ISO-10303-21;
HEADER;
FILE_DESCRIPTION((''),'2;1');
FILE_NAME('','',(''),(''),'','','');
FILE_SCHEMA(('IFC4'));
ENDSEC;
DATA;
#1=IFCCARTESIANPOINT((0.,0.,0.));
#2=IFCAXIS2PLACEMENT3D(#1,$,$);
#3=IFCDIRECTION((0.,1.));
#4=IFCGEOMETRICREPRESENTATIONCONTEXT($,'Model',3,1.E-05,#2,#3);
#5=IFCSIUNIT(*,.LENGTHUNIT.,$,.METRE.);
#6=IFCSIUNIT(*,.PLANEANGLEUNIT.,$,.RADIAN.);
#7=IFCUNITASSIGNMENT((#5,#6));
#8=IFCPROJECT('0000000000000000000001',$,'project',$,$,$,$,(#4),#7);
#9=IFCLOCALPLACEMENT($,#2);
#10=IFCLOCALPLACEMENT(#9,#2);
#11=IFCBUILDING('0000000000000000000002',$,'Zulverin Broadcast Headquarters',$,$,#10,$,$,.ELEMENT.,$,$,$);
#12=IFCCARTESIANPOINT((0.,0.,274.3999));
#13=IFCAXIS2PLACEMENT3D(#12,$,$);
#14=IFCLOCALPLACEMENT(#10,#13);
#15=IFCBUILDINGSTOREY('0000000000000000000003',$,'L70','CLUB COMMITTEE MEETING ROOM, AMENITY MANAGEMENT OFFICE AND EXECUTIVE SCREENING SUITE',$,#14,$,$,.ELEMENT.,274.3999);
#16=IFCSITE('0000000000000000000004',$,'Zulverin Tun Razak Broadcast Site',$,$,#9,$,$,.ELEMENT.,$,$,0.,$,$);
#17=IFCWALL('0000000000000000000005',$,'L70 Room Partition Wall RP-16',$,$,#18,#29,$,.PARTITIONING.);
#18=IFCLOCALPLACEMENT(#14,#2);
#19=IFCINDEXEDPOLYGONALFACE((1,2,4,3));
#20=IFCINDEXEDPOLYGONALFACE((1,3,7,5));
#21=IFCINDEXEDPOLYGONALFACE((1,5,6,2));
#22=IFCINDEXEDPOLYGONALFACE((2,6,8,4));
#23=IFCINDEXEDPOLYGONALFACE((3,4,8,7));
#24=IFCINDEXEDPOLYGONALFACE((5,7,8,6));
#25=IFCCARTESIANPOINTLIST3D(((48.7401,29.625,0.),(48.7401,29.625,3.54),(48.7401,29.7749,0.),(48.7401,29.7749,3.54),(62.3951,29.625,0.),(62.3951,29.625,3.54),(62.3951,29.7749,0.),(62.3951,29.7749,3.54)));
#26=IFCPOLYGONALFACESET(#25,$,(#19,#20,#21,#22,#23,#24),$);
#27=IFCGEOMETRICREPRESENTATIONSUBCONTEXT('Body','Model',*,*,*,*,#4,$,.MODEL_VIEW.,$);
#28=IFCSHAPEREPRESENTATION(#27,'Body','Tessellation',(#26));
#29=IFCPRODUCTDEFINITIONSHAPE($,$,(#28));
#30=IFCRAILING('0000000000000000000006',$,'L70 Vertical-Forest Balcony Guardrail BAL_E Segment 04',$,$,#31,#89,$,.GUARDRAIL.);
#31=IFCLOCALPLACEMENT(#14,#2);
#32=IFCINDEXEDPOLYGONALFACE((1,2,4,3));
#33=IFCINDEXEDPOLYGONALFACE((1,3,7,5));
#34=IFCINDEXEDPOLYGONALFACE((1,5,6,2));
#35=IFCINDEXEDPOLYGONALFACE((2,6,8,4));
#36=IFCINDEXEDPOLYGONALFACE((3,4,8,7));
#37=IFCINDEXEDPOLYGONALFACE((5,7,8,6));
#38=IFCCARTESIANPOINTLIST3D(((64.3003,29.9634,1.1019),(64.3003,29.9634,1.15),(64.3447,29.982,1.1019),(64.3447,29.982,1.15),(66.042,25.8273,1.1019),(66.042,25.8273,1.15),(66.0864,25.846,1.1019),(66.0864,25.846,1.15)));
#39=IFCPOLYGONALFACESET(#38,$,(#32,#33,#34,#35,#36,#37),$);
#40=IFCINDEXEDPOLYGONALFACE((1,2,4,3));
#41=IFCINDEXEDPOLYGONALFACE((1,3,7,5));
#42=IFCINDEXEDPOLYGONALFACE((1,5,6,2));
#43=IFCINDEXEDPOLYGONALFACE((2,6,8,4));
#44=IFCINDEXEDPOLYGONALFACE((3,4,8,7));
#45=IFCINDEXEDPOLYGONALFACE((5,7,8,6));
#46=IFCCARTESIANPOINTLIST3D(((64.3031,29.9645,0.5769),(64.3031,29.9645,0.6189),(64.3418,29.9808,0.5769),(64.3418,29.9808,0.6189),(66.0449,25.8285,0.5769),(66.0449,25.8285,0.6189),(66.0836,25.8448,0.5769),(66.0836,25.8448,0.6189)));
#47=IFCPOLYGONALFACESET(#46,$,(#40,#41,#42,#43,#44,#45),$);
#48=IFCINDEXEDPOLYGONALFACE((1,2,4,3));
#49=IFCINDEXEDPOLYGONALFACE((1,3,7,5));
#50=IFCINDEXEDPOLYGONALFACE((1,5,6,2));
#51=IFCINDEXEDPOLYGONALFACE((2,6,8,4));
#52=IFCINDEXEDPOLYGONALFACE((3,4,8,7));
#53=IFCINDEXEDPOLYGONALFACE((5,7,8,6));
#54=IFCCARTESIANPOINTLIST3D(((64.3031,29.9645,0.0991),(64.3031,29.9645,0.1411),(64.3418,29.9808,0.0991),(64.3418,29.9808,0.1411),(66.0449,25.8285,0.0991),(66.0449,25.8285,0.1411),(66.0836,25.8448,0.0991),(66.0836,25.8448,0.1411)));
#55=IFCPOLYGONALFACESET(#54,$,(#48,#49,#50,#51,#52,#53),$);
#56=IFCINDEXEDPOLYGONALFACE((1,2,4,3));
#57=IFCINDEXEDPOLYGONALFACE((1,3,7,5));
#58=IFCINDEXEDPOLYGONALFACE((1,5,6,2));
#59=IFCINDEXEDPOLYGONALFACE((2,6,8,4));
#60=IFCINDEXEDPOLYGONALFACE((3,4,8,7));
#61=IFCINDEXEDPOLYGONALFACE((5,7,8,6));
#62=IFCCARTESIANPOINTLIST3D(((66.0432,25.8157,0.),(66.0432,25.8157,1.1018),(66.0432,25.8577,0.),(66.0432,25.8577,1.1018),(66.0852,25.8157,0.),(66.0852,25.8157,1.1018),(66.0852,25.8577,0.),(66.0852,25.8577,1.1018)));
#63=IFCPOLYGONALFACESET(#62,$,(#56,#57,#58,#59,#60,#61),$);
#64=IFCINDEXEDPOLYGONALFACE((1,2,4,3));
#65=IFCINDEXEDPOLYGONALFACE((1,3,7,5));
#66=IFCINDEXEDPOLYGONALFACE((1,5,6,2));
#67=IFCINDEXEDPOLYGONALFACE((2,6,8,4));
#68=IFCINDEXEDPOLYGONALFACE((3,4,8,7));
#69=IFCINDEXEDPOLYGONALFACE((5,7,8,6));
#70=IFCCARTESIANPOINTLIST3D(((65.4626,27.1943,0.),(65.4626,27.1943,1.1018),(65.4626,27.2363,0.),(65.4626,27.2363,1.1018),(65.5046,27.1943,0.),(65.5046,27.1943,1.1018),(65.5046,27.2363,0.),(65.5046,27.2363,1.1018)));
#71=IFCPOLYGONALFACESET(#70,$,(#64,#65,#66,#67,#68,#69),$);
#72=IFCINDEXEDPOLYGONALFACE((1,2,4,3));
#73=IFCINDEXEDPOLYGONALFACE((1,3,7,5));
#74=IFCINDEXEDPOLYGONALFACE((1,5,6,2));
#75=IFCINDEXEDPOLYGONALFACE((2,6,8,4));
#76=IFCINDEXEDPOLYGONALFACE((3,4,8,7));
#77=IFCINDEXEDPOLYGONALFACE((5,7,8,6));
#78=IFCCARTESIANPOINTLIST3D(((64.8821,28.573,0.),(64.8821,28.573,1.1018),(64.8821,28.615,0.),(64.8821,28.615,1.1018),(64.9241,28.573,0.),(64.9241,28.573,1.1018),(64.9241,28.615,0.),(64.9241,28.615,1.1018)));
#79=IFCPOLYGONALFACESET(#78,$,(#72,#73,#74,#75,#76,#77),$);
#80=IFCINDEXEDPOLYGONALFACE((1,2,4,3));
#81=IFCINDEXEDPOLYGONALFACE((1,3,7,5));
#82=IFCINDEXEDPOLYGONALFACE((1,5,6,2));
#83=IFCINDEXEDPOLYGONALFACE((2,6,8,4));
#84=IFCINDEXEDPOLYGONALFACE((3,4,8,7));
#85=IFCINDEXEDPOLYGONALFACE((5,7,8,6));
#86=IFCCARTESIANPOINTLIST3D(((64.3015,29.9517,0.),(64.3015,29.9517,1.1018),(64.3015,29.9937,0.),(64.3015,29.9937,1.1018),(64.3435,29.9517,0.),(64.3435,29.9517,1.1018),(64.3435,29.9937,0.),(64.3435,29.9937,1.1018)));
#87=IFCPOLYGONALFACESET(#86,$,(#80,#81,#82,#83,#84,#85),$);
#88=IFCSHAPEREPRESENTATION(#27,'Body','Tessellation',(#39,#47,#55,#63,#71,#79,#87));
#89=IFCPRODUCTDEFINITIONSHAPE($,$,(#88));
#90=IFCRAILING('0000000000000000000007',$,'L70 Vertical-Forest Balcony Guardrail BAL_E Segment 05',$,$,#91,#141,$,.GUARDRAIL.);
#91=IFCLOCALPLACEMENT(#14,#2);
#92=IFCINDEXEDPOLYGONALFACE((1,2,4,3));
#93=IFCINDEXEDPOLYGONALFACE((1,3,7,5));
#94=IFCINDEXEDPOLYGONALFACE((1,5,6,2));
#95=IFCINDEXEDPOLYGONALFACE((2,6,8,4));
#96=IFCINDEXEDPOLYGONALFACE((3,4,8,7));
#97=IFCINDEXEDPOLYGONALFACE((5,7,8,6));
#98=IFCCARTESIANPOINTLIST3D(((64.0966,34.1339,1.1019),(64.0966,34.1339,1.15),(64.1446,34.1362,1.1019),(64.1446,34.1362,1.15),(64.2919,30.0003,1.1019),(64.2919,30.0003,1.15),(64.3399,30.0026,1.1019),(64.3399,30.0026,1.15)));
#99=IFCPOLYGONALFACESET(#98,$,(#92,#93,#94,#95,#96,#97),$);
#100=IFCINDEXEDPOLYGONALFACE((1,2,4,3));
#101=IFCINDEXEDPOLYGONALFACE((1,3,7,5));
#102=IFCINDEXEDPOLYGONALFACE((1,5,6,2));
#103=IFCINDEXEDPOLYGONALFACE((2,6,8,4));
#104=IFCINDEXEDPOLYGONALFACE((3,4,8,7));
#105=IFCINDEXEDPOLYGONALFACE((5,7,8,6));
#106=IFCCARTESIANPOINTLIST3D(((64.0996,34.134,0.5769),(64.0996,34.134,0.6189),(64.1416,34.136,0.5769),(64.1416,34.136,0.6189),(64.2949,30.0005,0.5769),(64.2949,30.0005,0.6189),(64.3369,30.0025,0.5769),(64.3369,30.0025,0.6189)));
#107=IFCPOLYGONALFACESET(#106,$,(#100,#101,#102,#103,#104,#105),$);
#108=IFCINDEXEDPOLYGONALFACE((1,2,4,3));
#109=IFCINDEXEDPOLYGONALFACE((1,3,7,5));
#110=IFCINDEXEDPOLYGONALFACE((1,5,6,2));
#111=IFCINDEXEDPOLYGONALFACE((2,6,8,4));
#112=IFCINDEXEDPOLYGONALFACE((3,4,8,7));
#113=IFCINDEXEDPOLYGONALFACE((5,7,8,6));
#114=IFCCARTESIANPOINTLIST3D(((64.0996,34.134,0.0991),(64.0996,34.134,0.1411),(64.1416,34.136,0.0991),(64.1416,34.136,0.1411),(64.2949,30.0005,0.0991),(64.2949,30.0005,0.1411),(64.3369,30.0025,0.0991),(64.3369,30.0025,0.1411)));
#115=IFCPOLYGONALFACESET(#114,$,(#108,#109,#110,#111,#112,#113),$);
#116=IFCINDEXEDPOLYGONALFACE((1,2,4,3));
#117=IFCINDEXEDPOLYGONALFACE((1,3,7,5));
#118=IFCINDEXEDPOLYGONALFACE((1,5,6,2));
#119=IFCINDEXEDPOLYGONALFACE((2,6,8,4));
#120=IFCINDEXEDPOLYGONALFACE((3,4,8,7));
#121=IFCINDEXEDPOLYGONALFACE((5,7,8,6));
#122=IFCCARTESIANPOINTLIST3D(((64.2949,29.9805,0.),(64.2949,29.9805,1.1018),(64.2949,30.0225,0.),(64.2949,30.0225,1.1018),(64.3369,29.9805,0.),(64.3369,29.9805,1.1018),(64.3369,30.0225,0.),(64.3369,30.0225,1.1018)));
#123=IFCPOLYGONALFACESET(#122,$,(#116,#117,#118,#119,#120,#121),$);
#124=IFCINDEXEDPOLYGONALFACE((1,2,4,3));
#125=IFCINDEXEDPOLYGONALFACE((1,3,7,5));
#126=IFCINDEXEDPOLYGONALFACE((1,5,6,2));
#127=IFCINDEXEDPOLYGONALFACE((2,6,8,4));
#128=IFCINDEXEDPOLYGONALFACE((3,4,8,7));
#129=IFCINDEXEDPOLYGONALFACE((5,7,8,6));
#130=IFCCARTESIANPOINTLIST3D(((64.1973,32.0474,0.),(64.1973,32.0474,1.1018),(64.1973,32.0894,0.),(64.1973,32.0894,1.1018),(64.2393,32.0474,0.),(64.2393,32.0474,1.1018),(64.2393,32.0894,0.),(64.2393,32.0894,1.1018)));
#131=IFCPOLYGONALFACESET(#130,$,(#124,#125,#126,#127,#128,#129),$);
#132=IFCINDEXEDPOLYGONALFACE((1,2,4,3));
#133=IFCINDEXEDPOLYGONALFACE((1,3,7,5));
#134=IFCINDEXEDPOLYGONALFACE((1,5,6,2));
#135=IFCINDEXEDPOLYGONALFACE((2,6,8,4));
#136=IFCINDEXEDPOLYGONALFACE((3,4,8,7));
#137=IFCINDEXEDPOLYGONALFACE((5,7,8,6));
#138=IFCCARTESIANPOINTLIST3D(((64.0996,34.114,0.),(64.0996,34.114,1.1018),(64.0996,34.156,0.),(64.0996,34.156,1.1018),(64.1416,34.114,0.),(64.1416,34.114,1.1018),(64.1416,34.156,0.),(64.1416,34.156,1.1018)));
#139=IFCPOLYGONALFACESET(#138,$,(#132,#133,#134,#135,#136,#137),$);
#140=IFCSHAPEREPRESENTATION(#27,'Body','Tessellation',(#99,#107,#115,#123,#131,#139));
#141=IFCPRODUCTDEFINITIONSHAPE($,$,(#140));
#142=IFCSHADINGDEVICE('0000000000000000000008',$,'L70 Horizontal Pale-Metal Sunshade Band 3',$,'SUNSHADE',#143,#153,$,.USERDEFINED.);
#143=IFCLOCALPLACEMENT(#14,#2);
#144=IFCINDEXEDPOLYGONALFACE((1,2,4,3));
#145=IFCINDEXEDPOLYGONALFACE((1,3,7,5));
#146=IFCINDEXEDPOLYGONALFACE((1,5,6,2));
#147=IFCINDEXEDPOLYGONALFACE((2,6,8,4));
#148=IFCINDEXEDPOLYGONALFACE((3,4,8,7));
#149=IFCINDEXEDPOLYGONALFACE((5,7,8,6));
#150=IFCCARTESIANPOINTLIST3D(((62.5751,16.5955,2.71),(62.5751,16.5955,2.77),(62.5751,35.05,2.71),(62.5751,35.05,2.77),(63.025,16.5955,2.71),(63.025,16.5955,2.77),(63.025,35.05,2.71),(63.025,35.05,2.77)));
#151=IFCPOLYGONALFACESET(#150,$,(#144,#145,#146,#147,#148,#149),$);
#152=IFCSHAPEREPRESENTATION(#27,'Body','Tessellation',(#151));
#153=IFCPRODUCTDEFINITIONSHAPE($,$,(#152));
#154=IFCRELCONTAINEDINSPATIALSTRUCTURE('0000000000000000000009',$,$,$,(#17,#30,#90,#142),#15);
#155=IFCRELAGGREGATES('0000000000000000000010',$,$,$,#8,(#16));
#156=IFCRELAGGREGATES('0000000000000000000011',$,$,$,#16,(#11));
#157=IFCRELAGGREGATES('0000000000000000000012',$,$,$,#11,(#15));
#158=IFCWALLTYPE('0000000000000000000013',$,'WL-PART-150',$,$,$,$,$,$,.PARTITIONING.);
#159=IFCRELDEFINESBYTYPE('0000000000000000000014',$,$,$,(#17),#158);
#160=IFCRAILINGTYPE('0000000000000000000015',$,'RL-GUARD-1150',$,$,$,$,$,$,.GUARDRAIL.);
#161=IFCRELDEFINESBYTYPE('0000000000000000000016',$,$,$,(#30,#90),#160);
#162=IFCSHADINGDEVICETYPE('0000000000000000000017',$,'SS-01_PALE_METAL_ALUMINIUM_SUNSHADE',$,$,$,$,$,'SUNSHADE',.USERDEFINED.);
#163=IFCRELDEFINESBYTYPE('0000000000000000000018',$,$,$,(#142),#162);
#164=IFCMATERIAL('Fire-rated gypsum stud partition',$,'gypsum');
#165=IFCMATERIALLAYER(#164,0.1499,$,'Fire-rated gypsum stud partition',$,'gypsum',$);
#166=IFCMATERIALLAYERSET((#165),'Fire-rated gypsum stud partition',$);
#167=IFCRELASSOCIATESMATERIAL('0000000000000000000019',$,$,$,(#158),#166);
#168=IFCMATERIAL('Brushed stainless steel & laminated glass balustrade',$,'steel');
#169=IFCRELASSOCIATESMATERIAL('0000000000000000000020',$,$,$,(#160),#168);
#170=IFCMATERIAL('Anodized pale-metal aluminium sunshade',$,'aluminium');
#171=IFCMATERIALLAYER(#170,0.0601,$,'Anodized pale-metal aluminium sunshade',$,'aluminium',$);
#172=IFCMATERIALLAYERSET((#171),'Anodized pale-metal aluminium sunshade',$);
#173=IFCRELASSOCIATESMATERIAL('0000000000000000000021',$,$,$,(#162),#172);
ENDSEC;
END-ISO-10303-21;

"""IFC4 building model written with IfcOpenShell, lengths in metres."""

from ifc_helpers import new_model, si_unit, direction, frame, frame_2d, origin, origin_2d, place, context, subcontext, project, spatial, rectangle, extrude, material, layer, layer_set, type_object, element, save


model = new_model("IFC4")

# Units and contexts
model_context = context("Model", 3, precision=1e-05, world=origin(), true_north=direction((0.0, 1.0)))
body_context = subcontext(model_context, "Body", "Model", "MODEL_VIEW")
ifc_project = project(units=[si_unit("LENGTHUNIT", "METRE"), si_unit("PLANEANGLEUNIT", "RADIAN")], contexts=[model_context])

# Site, building, storey
site_placement = place(None, origin())
site = spatial("IfcSite", under=ifc_project, at=site_placement, Name="Zulverin Tun Razak Broadcast Site", CompositionType="ELEMENT", RefElevation=0.0)
building_placement = place(site_placement, origin())
building = spatial("IfcBuilding", under=site, at=building_placement, Name="Zulverin Broadcast Headquarters", CompositionType="ELEMENT")
storey_placement = place(building_placement, frame((0.0, 0.0, 274.3999)))
storey = spatial("IfcBuildingStorey", under=building, at=storey_placement, Name="L70", Description="CLUB COMMITTEE MEETING ROOM, AMENITY MANAGEMENT OFFICE AND EXECUTIVE SCREENING SUITE", CompositionType="ELEMENT", Elevation=274.3999)

# Wall
ifc_material_1 = material(Name="Fire-rated gypsum stud partition", Category="gypsum")
ifc_layer_1 = layer(ifc_material_1, 0.1499, Name="Fire-rated gypsum stud partition", Category="gypsum")
ifc_layer_set_1 = layer_set([ifc_layer_1], Name="Fire-rated gypsum stud partition")
wall_type = type_object("IfcWallType", Name="WL-PART-150", PredefinedType="PARTITIONING", material=ifc_layer_set_1)
wall_placement = place(storey_placement, frame((48.74, 29.7, 0.0), z_axis=(0.0, 0.0, 1.0), x_axis=(1.0, 0.0, 0.0)))
element("IfcWall", 1, at=wall_placement, inside=storey, type_object=wall_type, Name="L70 Room Partition Wall RP-16", PredefinedType="PARTITIONING", context=body_context, shape_type="SweptSolid", body=[
    extrude(rectangle(XDim=13.655, YDim=0.1499, at=frame_2d((6.8276, 0.0))), origin(), (0.0, 0.0, 1.0), 3.54),
])

# Railings
ifc_material_2 = material(Name="Brushed stainless steel & laminated glass balustrade", Category="steel")
railing_type = type_object("IfcRailingType", Name="RL-GUARD-1150", PredefinedType="GUARDRAIL", material=ifc_material_2)
railing_1_placement = place(storey_placement, frame((66.0642, 25.8367, 0.0)))
element("IfcRailing", 2, at=railing_1_placement, inside=storey, type_object=railing_type, Name="L70 Vertical-Forest Balcony Guardrail BAL_E Segment 04", PredefinedType="GUARDRAIL", context=body_context, shape_type="SweptSolid", body=[
    extrude(rectangle(XDim=0.0481, YDim=0.0481, at=origin_2d()), frame((0.0, 0.0, 1.126), z_axis=(-0.388101, 0.921617, 0.0), x_axis=(-0.921617, -0.388101, 0.0)), (0.0, 0.0, 1.0), 4.4878),
    extrude(rectangle(XDim=0.042, YDim=0.042, at=origin_2d()), frame((0.0, 0.0, 0.5979), z_axis=(-0.388101, 0.921617, 0.0), x_axis=(-0.921617, -0.388101, 0.0)), (0.0, 0.0, 1.0), 4.4878),
    extrude(rectangle(XDim=0.042, YDim=0.042, at=origin_2d()), frame((0.0, 0.0, 0.1201), z_axis=(-0.388101, 0.921617, 0.0), x_axis=(-0.921617, -0.388101, 0.0)), (0.0, 0.0, 1.0), 4.4878),
    extrude(rectangle(XDim=0.042, YDim=0.042, at=origin_2d()), origin(), (0.0, 0.0, 1.0), 1.1018),
    extrude(rectangle(XDim=0.042, YDim=0.042, at=origin_2d()), frame((-0.5806, 1.3787, 0.0)), (0.0, 0.0, 1.0), 1.1018),
    extrude(rectangle(XDim=0.042, YDim=0.042, at=origin_2d()), frame((-1.1611, 2.7573, 0.0)), (0.0, 0.0, 1.0), 1.1018),
    extrude(rectangle(XDim=0.042, YDim=0.042, at=origin_2d()), frame((-1.7417, 4.136, 0.0)), (0.0, 0.0, 1.0), 1.1018),
])
railing_2_placement = place(storey_placement, frame((64.3159, 30.0015, 0.0)))
element("IfcRailing", 3, at=railing_2_placement, inside=storey, type_object=railing_type, Name="L70 Vertical-Forest Balcony Guardrail BAL_E Segment 05", PredefinedType="GUARDRAIL", context=body_context, shape_type="SweptSolid", body=[
    extrude(rectangle(XDim=0.0481, YDim=0.0481, at=origin_2d()), frame((0.0, 0.0, 1.126), z_axis=(-0.047198, 0.998886, 0.0), x_axis=(-0.998886, -0.047198, 0.0)), (0.0, 0.0, 1.0), 4.1382),
    extrude(rectangle(XDim=0.042, YDim=0.042, at=origin_2d()), frame((0.0, 0.0, 0.5979), z_axis=(-0.047198, 0.998886, 0.0), x_axis=(-0.998886, -0.047198, 0.0)), (0.0, 0.0, 1.0), 4.1382),
    extrude(rectangle(XDim=0.042, YDim=0.042, at=origin_2d()), frame((0.0, 0.0, 0.1201), z_axis=(-0.047198, 0.998886, 0.0), x_axis=(-0.998886, -0.047198, 0.0)), (0.0, 0.0, 1.0), 4.1382),
    extrude(rectangle(XDim=0.042, YDim=0.042, at=origin_2d()), origin(), (0.0, 0.0, 1.0), 1.1018),
    extrude(rectangle(XDim=0.042, YDim=0.042, at=origin_2d()), frame((-0.0977, 2.0669, 0.0)), (0.0, 0.0, 1.0), 1.1018),
    extrude(rectangle(XDim=0.042, YDim=0.042, at=origin_2d()), frame((-0.1953, 4.1335, 0.0)), (0.0, 0.0, 1.0), 1.1018),
])

# Shading device
ifc_material_3 = material(Name="Anodized pale-metal aluminium sunshade", Category="aluminium")
ifc_layer_2 = layer(ifc_material_3, 0.0601, Name="Anodized pale-metal aluminium sunshade", Category="aluminium")
ifc_layer_set_2 = layer_set([ifc_layer_2], Name="Anodized pale-metal aluminium sunshade")
shading_device_type = type_object("IfcShadingDeviceType", Name="SS-01_PALE_METAL_ALUMINIUM_SUNSHADE", ElementType="SUNSHADE", PredefinedType="USERDEFINED", material=ifc_layer_set_2)
shading_device_placement = place(storey_placement, frame((62.8, 25.8228, 2.71), z_axis=(0.0, 0.0, 1.0), x_axis=(0.0, 1.0, 0.0)))
element("IfcShadingDevice", 4, at=shading_device_placement, inside=storey, type_object=shading_device_type, Name="L70 Horizontal Pale-Metal Sunshade Band 3", ObjectType="SUNSHADE", PredefinedType="USERDEFINED", context=body_context, shape_type="SweptSolid", body=[
    extrude(rectangle(XDim=18.4546, YDim=0.45, at=origin_2d()), origin(), (0.0, 0.0, 1.0), 0.0601),
])

save(model, "model.ifc")
